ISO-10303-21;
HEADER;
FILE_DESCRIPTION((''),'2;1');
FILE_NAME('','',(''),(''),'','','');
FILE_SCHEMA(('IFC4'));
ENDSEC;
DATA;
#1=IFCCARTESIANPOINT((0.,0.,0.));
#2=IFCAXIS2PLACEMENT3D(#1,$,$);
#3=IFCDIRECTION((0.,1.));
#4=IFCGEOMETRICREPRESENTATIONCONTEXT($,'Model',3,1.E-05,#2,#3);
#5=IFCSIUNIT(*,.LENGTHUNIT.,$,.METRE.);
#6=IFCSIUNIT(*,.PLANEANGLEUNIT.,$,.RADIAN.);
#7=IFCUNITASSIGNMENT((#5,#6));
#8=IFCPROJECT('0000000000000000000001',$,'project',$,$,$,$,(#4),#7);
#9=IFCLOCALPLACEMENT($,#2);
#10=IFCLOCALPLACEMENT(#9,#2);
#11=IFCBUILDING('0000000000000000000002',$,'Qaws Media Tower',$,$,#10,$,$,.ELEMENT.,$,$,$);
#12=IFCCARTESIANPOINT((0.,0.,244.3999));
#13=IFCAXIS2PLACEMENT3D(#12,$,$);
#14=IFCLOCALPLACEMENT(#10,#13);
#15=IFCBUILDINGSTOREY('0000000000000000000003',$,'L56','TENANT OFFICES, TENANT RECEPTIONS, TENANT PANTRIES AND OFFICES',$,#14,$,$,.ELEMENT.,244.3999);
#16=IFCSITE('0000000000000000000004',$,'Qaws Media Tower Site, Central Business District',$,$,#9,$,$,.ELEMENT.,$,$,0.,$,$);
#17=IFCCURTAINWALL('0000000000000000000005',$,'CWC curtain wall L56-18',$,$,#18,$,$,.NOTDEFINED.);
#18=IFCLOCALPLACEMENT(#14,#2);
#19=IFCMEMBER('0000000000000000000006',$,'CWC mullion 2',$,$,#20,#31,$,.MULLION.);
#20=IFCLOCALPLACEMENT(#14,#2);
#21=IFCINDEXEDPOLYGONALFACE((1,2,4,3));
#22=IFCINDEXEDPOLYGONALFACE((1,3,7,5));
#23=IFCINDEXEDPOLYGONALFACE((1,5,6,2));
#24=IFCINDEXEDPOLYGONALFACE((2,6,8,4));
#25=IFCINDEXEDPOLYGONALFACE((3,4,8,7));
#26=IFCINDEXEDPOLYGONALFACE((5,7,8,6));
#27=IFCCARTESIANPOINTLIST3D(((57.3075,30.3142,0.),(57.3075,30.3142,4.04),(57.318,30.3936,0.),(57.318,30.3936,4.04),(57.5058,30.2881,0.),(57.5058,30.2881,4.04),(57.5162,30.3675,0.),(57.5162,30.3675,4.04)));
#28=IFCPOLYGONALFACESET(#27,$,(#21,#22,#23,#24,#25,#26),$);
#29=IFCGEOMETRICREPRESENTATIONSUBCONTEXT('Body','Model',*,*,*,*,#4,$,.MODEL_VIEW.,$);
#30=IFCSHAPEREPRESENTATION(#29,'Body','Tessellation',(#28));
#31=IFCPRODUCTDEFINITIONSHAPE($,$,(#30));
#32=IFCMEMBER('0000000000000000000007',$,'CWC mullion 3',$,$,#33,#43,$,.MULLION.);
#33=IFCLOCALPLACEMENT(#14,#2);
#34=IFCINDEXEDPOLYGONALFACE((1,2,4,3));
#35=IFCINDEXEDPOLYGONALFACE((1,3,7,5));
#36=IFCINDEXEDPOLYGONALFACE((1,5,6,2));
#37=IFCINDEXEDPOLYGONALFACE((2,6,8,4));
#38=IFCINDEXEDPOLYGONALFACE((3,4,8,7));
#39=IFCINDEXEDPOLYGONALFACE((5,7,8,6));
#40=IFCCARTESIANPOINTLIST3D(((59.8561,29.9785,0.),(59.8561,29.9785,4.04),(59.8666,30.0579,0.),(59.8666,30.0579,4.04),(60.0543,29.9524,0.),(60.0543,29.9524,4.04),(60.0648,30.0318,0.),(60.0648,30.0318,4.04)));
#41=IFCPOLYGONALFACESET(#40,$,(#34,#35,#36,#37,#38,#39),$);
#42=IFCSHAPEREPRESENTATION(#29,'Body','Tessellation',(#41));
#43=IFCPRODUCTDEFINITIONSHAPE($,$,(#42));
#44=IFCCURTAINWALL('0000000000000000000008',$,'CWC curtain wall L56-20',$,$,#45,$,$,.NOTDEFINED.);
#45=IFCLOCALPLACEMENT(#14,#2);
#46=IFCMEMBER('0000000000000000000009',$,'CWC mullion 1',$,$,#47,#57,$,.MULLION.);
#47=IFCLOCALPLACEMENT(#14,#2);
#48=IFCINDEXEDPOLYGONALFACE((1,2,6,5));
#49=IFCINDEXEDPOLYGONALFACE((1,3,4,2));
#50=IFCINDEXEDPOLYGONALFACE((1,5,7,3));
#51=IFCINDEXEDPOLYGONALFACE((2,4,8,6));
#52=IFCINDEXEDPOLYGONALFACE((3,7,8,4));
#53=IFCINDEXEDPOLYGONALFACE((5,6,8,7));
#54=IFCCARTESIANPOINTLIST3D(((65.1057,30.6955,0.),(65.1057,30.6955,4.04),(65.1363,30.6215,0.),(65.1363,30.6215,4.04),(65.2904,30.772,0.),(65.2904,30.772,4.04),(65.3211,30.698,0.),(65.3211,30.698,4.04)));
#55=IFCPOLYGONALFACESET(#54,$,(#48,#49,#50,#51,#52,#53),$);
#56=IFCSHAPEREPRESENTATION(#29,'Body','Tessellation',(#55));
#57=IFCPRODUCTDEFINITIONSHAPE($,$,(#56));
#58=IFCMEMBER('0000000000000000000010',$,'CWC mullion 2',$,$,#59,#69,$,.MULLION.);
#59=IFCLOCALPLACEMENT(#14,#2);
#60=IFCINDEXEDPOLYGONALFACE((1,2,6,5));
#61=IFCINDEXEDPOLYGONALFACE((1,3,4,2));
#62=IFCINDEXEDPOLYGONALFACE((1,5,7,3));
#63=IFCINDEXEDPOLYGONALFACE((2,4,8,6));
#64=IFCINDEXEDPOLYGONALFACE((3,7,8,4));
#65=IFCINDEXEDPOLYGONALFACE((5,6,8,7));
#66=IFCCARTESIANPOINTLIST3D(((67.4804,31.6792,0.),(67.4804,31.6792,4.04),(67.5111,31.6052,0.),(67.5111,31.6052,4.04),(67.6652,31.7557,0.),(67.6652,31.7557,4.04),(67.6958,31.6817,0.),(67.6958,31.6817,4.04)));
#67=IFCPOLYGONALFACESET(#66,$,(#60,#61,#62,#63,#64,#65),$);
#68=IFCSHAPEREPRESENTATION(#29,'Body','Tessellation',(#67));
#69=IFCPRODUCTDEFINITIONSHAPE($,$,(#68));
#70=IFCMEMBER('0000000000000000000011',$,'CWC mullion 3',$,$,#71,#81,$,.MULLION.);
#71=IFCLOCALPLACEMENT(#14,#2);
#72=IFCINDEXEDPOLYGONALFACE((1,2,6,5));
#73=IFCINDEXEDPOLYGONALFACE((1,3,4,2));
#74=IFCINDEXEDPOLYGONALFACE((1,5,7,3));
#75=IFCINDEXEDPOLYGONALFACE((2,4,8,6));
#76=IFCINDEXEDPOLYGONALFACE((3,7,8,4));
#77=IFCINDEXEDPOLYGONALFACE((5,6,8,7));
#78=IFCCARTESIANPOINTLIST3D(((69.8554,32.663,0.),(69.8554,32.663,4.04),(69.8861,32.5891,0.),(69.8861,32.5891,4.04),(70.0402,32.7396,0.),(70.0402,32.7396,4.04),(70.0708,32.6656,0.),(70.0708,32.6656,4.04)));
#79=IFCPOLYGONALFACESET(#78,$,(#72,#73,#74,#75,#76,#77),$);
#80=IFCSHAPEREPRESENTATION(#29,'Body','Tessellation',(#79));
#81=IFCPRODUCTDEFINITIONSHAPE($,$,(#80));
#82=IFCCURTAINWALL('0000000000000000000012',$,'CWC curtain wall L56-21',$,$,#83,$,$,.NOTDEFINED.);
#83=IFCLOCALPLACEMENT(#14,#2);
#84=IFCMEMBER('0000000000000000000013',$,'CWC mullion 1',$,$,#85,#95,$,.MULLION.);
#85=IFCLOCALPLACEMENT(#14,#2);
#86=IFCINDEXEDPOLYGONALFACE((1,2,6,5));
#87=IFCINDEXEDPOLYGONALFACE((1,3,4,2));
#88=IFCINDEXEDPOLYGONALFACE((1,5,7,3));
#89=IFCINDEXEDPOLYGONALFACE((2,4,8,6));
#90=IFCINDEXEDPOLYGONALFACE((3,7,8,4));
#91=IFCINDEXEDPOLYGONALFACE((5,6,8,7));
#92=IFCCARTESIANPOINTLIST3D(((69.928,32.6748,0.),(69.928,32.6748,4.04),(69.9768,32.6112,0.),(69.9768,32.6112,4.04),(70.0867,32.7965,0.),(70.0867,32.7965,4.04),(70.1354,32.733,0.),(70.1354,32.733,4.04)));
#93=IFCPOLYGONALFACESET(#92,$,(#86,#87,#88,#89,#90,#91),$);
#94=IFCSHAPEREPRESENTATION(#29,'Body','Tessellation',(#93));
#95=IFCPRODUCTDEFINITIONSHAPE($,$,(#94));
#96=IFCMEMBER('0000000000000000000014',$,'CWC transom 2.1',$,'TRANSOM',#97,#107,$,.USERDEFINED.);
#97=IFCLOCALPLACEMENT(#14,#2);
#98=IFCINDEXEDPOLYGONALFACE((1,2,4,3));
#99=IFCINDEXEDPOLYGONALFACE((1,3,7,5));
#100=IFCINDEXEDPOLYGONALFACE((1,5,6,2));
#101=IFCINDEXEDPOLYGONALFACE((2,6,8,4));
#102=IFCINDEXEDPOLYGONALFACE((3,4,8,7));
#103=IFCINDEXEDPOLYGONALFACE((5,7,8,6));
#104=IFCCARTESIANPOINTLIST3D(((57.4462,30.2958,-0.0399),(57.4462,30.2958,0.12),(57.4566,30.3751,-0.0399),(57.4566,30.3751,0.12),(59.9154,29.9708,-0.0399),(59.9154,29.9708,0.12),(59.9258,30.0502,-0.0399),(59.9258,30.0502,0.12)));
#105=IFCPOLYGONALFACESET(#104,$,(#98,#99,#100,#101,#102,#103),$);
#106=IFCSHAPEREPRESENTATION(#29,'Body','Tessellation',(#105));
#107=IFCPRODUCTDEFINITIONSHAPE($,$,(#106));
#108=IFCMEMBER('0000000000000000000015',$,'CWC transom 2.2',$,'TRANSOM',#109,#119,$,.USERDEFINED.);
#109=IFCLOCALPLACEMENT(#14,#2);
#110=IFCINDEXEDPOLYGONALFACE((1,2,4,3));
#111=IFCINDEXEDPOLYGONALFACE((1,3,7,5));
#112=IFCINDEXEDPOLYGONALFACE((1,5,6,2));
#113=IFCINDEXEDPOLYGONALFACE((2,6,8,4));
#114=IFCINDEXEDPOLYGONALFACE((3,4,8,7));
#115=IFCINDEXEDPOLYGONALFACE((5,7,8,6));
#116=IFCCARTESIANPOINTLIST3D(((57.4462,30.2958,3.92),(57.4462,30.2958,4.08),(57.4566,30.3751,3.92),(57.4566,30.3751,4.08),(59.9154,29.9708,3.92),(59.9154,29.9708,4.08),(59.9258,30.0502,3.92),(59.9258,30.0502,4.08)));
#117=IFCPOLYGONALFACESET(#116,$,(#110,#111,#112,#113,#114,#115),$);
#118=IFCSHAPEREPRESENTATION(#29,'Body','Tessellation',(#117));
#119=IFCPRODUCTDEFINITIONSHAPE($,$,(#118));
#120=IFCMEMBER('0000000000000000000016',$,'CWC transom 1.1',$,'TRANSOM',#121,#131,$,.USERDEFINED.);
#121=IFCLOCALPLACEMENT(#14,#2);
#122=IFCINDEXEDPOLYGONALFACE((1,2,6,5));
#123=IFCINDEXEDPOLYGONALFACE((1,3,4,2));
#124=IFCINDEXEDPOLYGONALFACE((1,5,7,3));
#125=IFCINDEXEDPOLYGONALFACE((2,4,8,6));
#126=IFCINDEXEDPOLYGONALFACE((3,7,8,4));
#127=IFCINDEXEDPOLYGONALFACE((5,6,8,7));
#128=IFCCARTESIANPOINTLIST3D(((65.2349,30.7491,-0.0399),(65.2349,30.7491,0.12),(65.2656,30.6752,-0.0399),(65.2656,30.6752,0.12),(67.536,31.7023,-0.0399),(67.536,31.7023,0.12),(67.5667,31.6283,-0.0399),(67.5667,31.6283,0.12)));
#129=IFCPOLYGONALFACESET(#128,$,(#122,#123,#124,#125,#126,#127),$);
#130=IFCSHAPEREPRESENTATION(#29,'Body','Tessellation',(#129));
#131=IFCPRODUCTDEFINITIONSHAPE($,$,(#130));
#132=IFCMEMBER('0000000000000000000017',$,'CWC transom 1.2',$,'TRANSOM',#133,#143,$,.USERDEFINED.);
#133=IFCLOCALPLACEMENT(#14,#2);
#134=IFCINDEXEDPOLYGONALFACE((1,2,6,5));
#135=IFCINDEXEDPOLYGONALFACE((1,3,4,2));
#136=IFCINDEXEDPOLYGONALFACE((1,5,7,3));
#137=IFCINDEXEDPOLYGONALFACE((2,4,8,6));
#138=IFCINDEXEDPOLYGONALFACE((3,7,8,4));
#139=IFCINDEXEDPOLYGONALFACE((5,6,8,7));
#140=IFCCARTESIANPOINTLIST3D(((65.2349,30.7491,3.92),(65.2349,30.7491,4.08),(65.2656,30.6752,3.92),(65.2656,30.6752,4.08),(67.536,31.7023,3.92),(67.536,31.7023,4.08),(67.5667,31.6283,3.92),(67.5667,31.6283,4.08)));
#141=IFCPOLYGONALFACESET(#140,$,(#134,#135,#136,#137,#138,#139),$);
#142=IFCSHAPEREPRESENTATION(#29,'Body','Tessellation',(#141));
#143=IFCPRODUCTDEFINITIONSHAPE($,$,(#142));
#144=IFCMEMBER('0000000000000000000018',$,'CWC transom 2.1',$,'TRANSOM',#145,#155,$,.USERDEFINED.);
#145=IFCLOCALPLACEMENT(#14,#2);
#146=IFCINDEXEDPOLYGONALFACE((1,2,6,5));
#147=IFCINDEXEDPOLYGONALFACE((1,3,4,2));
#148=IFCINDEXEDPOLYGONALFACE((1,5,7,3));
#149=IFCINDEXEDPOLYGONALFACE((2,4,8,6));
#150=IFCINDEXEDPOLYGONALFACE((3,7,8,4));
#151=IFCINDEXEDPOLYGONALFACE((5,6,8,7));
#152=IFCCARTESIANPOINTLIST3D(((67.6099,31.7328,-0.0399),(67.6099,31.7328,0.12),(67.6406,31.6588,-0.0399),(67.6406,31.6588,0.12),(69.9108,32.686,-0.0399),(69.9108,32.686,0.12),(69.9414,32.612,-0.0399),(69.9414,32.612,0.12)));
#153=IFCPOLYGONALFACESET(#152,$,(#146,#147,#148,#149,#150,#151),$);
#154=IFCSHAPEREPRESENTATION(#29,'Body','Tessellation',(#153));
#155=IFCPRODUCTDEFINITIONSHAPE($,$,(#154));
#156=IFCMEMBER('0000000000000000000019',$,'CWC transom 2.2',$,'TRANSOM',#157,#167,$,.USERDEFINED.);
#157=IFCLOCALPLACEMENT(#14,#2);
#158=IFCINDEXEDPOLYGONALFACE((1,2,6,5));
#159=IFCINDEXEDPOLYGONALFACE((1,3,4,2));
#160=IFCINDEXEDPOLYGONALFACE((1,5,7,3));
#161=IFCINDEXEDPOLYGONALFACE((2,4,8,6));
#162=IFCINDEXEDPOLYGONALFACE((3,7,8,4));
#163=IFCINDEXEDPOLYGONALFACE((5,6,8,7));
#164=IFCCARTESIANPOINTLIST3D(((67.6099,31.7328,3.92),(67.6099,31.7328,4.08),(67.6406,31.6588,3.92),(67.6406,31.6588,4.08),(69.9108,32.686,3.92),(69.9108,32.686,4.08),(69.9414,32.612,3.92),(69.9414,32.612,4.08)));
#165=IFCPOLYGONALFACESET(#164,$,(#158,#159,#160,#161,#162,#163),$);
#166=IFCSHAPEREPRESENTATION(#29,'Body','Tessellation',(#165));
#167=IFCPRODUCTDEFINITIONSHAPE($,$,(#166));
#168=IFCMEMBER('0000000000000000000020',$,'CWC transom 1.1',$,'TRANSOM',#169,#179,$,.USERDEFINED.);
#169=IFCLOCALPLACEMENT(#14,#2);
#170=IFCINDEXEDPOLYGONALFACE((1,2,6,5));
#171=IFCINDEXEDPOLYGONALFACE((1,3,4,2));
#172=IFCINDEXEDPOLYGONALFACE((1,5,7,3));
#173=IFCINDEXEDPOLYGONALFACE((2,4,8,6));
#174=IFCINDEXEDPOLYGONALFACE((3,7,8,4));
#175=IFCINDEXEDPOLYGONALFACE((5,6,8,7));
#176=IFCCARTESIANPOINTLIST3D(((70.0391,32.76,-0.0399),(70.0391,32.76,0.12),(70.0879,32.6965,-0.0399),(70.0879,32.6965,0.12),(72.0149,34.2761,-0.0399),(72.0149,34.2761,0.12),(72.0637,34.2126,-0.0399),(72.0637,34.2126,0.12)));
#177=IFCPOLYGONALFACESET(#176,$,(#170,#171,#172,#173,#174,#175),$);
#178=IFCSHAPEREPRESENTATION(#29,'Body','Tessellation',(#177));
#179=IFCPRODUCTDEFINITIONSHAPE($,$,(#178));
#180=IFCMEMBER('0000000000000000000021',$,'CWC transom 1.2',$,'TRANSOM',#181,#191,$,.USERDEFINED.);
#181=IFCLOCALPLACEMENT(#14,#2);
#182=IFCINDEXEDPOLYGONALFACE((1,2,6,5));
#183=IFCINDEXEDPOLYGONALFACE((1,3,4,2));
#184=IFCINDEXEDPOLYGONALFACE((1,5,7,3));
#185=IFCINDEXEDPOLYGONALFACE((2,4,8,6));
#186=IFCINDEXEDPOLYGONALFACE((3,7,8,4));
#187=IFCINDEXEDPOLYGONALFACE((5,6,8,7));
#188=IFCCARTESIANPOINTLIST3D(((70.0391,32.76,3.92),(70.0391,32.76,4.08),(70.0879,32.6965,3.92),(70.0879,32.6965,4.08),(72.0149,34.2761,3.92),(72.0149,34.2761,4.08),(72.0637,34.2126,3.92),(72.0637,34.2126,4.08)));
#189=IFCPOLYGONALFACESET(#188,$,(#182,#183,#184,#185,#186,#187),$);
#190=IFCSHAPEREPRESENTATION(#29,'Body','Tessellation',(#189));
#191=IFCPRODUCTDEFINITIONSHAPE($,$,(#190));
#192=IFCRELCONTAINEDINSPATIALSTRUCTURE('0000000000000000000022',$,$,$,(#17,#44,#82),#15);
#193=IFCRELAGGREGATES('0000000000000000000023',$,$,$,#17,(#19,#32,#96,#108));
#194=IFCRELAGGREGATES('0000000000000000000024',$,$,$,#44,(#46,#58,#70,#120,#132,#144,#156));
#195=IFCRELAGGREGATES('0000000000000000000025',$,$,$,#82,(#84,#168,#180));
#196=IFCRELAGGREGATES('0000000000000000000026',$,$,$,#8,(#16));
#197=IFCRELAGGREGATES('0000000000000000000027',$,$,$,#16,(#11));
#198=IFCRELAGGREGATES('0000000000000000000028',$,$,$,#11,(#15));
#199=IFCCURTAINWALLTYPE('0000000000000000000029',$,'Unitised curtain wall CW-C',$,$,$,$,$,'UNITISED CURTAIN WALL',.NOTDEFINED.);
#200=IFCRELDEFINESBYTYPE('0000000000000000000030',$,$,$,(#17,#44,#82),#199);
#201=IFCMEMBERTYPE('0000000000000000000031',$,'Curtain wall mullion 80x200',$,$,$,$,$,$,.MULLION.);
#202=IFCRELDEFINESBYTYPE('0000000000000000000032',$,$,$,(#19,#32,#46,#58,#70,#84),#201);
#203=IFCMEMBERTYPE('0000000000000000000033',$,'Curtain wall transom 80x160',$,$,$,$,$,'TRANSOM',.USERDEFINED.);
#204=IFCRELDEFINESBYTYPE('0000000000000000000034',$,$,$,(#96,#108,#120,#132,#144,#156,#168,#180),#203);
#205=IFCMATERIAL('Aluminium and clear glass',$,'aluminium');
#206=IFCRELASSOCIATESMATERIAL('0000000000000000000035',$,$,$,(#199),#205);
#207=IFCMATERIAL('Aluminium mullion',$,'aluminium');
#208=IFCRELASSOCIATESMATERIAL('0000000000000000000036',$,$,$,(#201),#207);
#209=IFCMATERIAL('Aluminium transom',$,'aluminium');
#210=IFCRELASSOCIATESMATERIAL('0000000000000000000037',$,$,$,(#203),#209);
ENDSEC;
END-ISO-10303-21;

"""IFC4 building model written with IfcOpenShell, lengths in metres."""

from ifc_helpers import new_model, si_unit, direction, frame, origin, origin_2d, place, context, subcontext, project, spatial, rectangle, extrude, material, material_profile, profile_set, type_object, element, aggregate, save


model = new_model("IFC4")

# Units and contexts
model_context = context("Model", 3, precision=1e-05, world=origin(), true_north=direction((0.0, 1.0)))
body_context = subcontext(model_context, "Body", "Model", "MODEL_VIEW")
ifc_project = project(units=[si_unit("LENGTHUNIT", "METRE"), si_unit("PLANEANGLEUNIT", "RADIAN")], contexts=[model_context])

# Site, building, storey
site_placement = place(None, origin())
site = spatial("IfcSite", under=ifc_project, at=site_placement, Name="Qaws Media Tower Site, Central Business District", CompositionType="ELEMENT", RefElevation=0.0)
building_placement = place(site_placement, origin())
building = spatial("IfcBuilding", under=site, at=building_placement, Name="Qaws Media Tower", CompositionType="ELEMENT")
storey_placement = place(building_placement, frame((0.0, 0.0, 244.3999)))
storey = spatial("IfcBuildingStorey", under=building, at=storey_placement, Name="L56", Description="TENANT OFFICES, TENANT RECEPTIONS, TENANT PANTRIES AND OFFICES", CompositionType="ELEMENT", Elevation=244.3999)

# Curtain walls, members
ifc_material_1 = material(Name="Aluminium and clear glass", Category="aluminium")
curtain_wall_type = type_object("IfcCurtainWallType", Name="Unitised curtain wall CW-C", ElementType="UNITISED CURTAIN WALL", PredefinedType="NOTDEFINED", material=ifc_material_1)
curtain_wall_1_placement = place(storey_placement, origin())
curtain_wall_1 = element("IfcCurtainWall", 1, at=curtain_wall_1_placement, inside=storey, type_object=curtain_wall_type, Name="CWC curtain wall L56-18", PredefinedType="NOTDEFINED")
ifc_material_2 = material(Name="Aluminium mullion", Category="aluminium")
ifc_material_profile_1 = material_profile(ifc_material_2, rectangle(XDim=0.0801, YDim=0.2, at=origin_2d()), Name="80x200")
ifc_profile_set_1 = profile_set([ifc_material_profile_1], Name="Aluminium mullion")
member_type_1 = type_object("IfcMemberType", Name="Curtain wall mullion 80x200", PredefinedType="MULLION", material=ifc_profile_set_1)
member_1_placement = place(storey_placement, frame((57.4119, 30.3408, 0.0), z_axis=(0.0, 0.0, 1.0), x_axis=(0.130526, 0.991445, 0.0)))
member_1 = element("IfcMember", 2, at=member_1_placement, type_object=member_type_1, Name="CWC mullion 2", PredefinedType="MULLION", context=body_context, shape_type="SweptSolid", body=[
    extrude(rectangle(XDim=0.0801, YDim=0.2, at=origin_2d()), origin(), (0.0, 0.0, 1.0), 4.04),
])
member_2_placement = place(storey_placement, frame((59.9604, 30.0051, 0.0), z_axis=(0.0, 0.0, 1.0), x_axis=(0.130526, 0.991445, 0.0)))
member_2 = element("IfcMember", 3, at=member_2_placement, type_object=member_type_1, Name="CWC mullion 3", PredefinedType="MULLION", context=body_context, shape_type="SweptSolid", body=[
    extrude(rectangle(XDim=0.0801, YDim=0.2, at=origin_2d()), origin(), (0.0, 0.0, 1.0), 4.04),
])
curtain_wall_2_placement = place(storey_placement, origin())
curtain_wall_2 = element("IfcCurtainWall", 4, at=curtain_wall_2_placement, inside=storey, type_object=curtain_wall_type, Name="CWC curtain wall L56-20", PredefinedType="NOTDEFINED")
member_3_placement = place(storey_placement, frame((65.2134, 30.6968, 0.0), z_axis=(0.0, 0.0, 1.0), x_axis=(-0.382684, 0.923879, 0.0)))
member_3 = element("IfcMember", 5, at=member_3_placement, type_object=member_type_1, Name="CWC mullion 1", PredefinedType="MULLION", context=body_context, shape_type="SweptSolid", body=[
    extrude(rectangle(XDim=0.0801, YDim=0.2, at=origin_2d()), origin(), (0.0, 0.0, 1.0), 4.04),
])
member_4_placement = place(storey_placement, frame((67.5881, 31.6804, 0.0), z_axis=(0.0, 0.0, 1.0), x_axis=(-0.382684, 0.923879, 0.0)))
member_4 = element("IfcMember", 6, at=member_4_placement, type_object=member_type_1, Name="CWC mullion 2", PredefinedType="MULLION", context=body_context, shape_type="SweptSolid", body=[
    extrude(rectangle(XDim=0.0801, YDim=0.2, at=origin_2d()), origin(), (0.0, 0.0, 1.0), 4.04),
])
member_5_placement = place(storey_placement, frame((69.9631, 32.6643, 0.0), z_axis=(0.0, 0.0, 1.0), x_axis=(-0.382684, 0.923879, 0.0)))
member_5 = element("IfcMember", 7, at=member_5_placement, type_object=member_type_1, Name="CWC mullion 3", PredefinedType="MULLION", context=body_context, shape_type="SweptSolid", body=[
    extrude(rectangle(XDim=0.0801, YDim=0.2, at=origin_2d()), origin(), (0.0, 0.0, 1.0), 4.04),
])

# Curtain wall, member
curtain_wall_3_placement = place(storey_placement, origin())
curtain_wall_3 = element("IfcCurtainWall", 8, at=curtain_wall_3_placement, inside=storey, type_object=curtain_wall_type, Name="CWC curtain wall L56-21", PredefinedType="NOTDEFINED")
member_6_placement = place(storey_placement, frame((70.0317, 32.7039, 0.0), z_axis=(0.0, 0.0, 1.0), x_axis=(-0.608761, 0.793353, 0.0)))
member_6 = element("IfcMember", 9, at=member_6_placement, type_object=member_type_1, Name="CWC mullion 1", PredefinedType="MULLION", context=body_context, shape_type="SweptSolid", body=[
    extrude(rectangle(XDim=0.0801, YDim=0.2, at=origin_2d()), origin(), (0.0, 0.0, 1.0), 4.04),
])

# Members
ifc_material_3 = material(Name="Aluminium transom", Category="aluminium")
ifc_material_profile_2 = material_profile(ifc_material_3, rectangle(XDim=0.0801, YDim=0.1599, at=origin_2d()), Name="80x160")
ifc_profile_set_2 = profile_set([ifc_material_profile_2], Name="Aluminium transom")
member_type_2 = type_object("IfcMemberType", Name="Curtain wall transom 80x160", ElementType="TRANSOM", PredefinedType="USERDEFINED", material=ifc_profile_set_2)
member_7_placement = place(storey_placement, frame((57.4514, 30.3354, 0.04), z_axis=(0.991452, -0.130475, 0.0), x_axis=(0.130475, 0.991452, 0.0)))
member_7 = element("IfcMember", 10, at=member_7_placement, type_object=member_type_2, Name="CWC transom 2.1", ObjectType="TRANSOM", PredefinedType="USERDEFINED", context=body_context, shape_type="SweptSolid", body=[
    extrude(rectangle(XDim=0.0801, YDim=0.1599, at=origin_2d()), origin(), (0.0, 0.0, 1.0), 2.4905),
])
member_8_placement = place(storey_placement, frame((57.4514, 30.3354, 4.0), z_axis=(0.991452, -0.130475, 0.0), x_axis=(0.130475, 0.991452, 0.0)))
member_8 = element("IfcMember", 11, at=member_8_placement, type_object=member_type_2, Name="CWC transom 2.2", ObjectType="TRANSOM", PredefinedType="USERDEFINED", context=body_context, shape_type="SweptSolid", body=[
    extrude(rectangle(XDim=0.0801, YDim=0.1599, at=origin_2d()), origin(), (0.0, 0.0, 1.0), 2.4905),
])
member_9_placement = place(storey_placement, frame((65.2502, 30.7122, 0.04), z_axis=(0.923878, 0.382687, 0.0), x_axis=(-0.382687, 0.923878, 0.0)))
member_9 = element("IfcMember", 12, at=member_9_placement, type_object=member_type_2, Name="CWC transom 1.1", ObjectType="TRANSOM", PredefinedType="USERDEFINED", context=body_context, shape_type="SweptSolid", body=[
    extrude(rectangle(XDim=0.0801, YDim=0.1599, at=origin_2d()), origin(), (0.0, 0.0, 1.0), 2.4907),
])
member_10_placement = place(storey_placement, frame((65.2502, 30.7122, 4.0), z_axis=(0.923878, 0.382687, 0.0), x_axis=(-0.382687, 0.923878, 0.0)))
member_10 = element("IfcMember", 13, at=member_10_placement, type_object=member_type_2, Name="CWC transom 1.2", ObjectType="TRANSOM", PredefinedType="USERDEFINED", context=body_context, shape_type="SweptSolid", body=[
    extrude(rectangle(XDim=0.0801, YDim=0.1599, at=origin_2d()), origin(), (0.0, 0.0, 1.0), 2.4907),
])
member_11_placement = place(storey_placement, frame((67.6252, 31.6958, 0.04), z_axis=(0.923864, 0.382721, 0.0), x_axis=(-0.382721, 0.923864, 0.0)))
member_11 = element("IfcMember", 14, at=member_11_placement, type_object=member_type_2, Name="CWC transom 2.1", ObjectType="TRANSOM", PredefinedType="USERDEFINED", context=body_context, shape_type="SweptSolid", body=[
    extrude(rectangle(XDim=0.0801, YDim=0.1599, at=origin_2d()), origin(), (0.0, 0.0, 1.0), 2.4905),
])
member_12_placement = place(storey_placement, frame((67.6252, 31.6958, 4.0), z_axis=(0.923864, 0.382721, 0.0), x_axis=(-0.382721, 0.923864, 0.0)))
member_12 = element("IfcMember", 15, at=member_12_placement, type_object=member_type_2, Name="CWC transom 2.2", ObjectType="TRANSOM", PredefinedType="USERDEFINED", context=body_context, shape_type="SweptSolid", body=[
    extrude(rectangle(XDim=0.0801, YDim=0.1599, at=origin_2d()), origin(), (0.0, 0.0, 1.0), 2.4905),
])
member_13_placement = place(storey_placement, frame((70.0635, 32.7283, 0.04), z_axis=(0.793352, 0.608763, 0.0), x_axis=(-0.608763, 0.793352, 0.0)))
member_13 = element("IfcMember", 16, at=member_13_placement, type_object=member_type_2, Name="CWC transom 1.1", ObjectType="TRANSOM", PredefinedType="USERDEFINED", context=body_context, shape_type="SweptSolid", body=[
    extrude(rectangle(XDim=0.0801, YDim=0.1599, at=origin_2d()), origin(), (0.0, 0.0, 1.0), 2.4905),
])
member_14_placement = place(storey_placement, frame((70.0635, 32.7283, 4.0), z_axis=(0.793352, 0.608763, 0.0), x_axis=(-0.608763, 0.793352, 0.0)))
member_14 = element("IfcMember", 17, at=member_14_placement, type_object=member_type_2, Name="CWC transom 1.2", ObjectType="TRANSOM", PredefinedType="USERDEFINED", context=body_context, shape_type="SweptSolid", body=[
    extrude(rectangle(XDim=0.0801, YDim=0.1599, at=origin_2d()), origin(), (0.0, 0.0, 1.0), 2.4905),
])

aggregate(curtain_wall_1, [member_1, member_2, member_7, member_8])
aggregate(curtain_wall_2, [member_3, member_4, member_5, member_9, member_10, member_11, member_12])
aggregate(curtain_wall_3, [member_6, member_13, member_14])

save(model, "model.ifc")
